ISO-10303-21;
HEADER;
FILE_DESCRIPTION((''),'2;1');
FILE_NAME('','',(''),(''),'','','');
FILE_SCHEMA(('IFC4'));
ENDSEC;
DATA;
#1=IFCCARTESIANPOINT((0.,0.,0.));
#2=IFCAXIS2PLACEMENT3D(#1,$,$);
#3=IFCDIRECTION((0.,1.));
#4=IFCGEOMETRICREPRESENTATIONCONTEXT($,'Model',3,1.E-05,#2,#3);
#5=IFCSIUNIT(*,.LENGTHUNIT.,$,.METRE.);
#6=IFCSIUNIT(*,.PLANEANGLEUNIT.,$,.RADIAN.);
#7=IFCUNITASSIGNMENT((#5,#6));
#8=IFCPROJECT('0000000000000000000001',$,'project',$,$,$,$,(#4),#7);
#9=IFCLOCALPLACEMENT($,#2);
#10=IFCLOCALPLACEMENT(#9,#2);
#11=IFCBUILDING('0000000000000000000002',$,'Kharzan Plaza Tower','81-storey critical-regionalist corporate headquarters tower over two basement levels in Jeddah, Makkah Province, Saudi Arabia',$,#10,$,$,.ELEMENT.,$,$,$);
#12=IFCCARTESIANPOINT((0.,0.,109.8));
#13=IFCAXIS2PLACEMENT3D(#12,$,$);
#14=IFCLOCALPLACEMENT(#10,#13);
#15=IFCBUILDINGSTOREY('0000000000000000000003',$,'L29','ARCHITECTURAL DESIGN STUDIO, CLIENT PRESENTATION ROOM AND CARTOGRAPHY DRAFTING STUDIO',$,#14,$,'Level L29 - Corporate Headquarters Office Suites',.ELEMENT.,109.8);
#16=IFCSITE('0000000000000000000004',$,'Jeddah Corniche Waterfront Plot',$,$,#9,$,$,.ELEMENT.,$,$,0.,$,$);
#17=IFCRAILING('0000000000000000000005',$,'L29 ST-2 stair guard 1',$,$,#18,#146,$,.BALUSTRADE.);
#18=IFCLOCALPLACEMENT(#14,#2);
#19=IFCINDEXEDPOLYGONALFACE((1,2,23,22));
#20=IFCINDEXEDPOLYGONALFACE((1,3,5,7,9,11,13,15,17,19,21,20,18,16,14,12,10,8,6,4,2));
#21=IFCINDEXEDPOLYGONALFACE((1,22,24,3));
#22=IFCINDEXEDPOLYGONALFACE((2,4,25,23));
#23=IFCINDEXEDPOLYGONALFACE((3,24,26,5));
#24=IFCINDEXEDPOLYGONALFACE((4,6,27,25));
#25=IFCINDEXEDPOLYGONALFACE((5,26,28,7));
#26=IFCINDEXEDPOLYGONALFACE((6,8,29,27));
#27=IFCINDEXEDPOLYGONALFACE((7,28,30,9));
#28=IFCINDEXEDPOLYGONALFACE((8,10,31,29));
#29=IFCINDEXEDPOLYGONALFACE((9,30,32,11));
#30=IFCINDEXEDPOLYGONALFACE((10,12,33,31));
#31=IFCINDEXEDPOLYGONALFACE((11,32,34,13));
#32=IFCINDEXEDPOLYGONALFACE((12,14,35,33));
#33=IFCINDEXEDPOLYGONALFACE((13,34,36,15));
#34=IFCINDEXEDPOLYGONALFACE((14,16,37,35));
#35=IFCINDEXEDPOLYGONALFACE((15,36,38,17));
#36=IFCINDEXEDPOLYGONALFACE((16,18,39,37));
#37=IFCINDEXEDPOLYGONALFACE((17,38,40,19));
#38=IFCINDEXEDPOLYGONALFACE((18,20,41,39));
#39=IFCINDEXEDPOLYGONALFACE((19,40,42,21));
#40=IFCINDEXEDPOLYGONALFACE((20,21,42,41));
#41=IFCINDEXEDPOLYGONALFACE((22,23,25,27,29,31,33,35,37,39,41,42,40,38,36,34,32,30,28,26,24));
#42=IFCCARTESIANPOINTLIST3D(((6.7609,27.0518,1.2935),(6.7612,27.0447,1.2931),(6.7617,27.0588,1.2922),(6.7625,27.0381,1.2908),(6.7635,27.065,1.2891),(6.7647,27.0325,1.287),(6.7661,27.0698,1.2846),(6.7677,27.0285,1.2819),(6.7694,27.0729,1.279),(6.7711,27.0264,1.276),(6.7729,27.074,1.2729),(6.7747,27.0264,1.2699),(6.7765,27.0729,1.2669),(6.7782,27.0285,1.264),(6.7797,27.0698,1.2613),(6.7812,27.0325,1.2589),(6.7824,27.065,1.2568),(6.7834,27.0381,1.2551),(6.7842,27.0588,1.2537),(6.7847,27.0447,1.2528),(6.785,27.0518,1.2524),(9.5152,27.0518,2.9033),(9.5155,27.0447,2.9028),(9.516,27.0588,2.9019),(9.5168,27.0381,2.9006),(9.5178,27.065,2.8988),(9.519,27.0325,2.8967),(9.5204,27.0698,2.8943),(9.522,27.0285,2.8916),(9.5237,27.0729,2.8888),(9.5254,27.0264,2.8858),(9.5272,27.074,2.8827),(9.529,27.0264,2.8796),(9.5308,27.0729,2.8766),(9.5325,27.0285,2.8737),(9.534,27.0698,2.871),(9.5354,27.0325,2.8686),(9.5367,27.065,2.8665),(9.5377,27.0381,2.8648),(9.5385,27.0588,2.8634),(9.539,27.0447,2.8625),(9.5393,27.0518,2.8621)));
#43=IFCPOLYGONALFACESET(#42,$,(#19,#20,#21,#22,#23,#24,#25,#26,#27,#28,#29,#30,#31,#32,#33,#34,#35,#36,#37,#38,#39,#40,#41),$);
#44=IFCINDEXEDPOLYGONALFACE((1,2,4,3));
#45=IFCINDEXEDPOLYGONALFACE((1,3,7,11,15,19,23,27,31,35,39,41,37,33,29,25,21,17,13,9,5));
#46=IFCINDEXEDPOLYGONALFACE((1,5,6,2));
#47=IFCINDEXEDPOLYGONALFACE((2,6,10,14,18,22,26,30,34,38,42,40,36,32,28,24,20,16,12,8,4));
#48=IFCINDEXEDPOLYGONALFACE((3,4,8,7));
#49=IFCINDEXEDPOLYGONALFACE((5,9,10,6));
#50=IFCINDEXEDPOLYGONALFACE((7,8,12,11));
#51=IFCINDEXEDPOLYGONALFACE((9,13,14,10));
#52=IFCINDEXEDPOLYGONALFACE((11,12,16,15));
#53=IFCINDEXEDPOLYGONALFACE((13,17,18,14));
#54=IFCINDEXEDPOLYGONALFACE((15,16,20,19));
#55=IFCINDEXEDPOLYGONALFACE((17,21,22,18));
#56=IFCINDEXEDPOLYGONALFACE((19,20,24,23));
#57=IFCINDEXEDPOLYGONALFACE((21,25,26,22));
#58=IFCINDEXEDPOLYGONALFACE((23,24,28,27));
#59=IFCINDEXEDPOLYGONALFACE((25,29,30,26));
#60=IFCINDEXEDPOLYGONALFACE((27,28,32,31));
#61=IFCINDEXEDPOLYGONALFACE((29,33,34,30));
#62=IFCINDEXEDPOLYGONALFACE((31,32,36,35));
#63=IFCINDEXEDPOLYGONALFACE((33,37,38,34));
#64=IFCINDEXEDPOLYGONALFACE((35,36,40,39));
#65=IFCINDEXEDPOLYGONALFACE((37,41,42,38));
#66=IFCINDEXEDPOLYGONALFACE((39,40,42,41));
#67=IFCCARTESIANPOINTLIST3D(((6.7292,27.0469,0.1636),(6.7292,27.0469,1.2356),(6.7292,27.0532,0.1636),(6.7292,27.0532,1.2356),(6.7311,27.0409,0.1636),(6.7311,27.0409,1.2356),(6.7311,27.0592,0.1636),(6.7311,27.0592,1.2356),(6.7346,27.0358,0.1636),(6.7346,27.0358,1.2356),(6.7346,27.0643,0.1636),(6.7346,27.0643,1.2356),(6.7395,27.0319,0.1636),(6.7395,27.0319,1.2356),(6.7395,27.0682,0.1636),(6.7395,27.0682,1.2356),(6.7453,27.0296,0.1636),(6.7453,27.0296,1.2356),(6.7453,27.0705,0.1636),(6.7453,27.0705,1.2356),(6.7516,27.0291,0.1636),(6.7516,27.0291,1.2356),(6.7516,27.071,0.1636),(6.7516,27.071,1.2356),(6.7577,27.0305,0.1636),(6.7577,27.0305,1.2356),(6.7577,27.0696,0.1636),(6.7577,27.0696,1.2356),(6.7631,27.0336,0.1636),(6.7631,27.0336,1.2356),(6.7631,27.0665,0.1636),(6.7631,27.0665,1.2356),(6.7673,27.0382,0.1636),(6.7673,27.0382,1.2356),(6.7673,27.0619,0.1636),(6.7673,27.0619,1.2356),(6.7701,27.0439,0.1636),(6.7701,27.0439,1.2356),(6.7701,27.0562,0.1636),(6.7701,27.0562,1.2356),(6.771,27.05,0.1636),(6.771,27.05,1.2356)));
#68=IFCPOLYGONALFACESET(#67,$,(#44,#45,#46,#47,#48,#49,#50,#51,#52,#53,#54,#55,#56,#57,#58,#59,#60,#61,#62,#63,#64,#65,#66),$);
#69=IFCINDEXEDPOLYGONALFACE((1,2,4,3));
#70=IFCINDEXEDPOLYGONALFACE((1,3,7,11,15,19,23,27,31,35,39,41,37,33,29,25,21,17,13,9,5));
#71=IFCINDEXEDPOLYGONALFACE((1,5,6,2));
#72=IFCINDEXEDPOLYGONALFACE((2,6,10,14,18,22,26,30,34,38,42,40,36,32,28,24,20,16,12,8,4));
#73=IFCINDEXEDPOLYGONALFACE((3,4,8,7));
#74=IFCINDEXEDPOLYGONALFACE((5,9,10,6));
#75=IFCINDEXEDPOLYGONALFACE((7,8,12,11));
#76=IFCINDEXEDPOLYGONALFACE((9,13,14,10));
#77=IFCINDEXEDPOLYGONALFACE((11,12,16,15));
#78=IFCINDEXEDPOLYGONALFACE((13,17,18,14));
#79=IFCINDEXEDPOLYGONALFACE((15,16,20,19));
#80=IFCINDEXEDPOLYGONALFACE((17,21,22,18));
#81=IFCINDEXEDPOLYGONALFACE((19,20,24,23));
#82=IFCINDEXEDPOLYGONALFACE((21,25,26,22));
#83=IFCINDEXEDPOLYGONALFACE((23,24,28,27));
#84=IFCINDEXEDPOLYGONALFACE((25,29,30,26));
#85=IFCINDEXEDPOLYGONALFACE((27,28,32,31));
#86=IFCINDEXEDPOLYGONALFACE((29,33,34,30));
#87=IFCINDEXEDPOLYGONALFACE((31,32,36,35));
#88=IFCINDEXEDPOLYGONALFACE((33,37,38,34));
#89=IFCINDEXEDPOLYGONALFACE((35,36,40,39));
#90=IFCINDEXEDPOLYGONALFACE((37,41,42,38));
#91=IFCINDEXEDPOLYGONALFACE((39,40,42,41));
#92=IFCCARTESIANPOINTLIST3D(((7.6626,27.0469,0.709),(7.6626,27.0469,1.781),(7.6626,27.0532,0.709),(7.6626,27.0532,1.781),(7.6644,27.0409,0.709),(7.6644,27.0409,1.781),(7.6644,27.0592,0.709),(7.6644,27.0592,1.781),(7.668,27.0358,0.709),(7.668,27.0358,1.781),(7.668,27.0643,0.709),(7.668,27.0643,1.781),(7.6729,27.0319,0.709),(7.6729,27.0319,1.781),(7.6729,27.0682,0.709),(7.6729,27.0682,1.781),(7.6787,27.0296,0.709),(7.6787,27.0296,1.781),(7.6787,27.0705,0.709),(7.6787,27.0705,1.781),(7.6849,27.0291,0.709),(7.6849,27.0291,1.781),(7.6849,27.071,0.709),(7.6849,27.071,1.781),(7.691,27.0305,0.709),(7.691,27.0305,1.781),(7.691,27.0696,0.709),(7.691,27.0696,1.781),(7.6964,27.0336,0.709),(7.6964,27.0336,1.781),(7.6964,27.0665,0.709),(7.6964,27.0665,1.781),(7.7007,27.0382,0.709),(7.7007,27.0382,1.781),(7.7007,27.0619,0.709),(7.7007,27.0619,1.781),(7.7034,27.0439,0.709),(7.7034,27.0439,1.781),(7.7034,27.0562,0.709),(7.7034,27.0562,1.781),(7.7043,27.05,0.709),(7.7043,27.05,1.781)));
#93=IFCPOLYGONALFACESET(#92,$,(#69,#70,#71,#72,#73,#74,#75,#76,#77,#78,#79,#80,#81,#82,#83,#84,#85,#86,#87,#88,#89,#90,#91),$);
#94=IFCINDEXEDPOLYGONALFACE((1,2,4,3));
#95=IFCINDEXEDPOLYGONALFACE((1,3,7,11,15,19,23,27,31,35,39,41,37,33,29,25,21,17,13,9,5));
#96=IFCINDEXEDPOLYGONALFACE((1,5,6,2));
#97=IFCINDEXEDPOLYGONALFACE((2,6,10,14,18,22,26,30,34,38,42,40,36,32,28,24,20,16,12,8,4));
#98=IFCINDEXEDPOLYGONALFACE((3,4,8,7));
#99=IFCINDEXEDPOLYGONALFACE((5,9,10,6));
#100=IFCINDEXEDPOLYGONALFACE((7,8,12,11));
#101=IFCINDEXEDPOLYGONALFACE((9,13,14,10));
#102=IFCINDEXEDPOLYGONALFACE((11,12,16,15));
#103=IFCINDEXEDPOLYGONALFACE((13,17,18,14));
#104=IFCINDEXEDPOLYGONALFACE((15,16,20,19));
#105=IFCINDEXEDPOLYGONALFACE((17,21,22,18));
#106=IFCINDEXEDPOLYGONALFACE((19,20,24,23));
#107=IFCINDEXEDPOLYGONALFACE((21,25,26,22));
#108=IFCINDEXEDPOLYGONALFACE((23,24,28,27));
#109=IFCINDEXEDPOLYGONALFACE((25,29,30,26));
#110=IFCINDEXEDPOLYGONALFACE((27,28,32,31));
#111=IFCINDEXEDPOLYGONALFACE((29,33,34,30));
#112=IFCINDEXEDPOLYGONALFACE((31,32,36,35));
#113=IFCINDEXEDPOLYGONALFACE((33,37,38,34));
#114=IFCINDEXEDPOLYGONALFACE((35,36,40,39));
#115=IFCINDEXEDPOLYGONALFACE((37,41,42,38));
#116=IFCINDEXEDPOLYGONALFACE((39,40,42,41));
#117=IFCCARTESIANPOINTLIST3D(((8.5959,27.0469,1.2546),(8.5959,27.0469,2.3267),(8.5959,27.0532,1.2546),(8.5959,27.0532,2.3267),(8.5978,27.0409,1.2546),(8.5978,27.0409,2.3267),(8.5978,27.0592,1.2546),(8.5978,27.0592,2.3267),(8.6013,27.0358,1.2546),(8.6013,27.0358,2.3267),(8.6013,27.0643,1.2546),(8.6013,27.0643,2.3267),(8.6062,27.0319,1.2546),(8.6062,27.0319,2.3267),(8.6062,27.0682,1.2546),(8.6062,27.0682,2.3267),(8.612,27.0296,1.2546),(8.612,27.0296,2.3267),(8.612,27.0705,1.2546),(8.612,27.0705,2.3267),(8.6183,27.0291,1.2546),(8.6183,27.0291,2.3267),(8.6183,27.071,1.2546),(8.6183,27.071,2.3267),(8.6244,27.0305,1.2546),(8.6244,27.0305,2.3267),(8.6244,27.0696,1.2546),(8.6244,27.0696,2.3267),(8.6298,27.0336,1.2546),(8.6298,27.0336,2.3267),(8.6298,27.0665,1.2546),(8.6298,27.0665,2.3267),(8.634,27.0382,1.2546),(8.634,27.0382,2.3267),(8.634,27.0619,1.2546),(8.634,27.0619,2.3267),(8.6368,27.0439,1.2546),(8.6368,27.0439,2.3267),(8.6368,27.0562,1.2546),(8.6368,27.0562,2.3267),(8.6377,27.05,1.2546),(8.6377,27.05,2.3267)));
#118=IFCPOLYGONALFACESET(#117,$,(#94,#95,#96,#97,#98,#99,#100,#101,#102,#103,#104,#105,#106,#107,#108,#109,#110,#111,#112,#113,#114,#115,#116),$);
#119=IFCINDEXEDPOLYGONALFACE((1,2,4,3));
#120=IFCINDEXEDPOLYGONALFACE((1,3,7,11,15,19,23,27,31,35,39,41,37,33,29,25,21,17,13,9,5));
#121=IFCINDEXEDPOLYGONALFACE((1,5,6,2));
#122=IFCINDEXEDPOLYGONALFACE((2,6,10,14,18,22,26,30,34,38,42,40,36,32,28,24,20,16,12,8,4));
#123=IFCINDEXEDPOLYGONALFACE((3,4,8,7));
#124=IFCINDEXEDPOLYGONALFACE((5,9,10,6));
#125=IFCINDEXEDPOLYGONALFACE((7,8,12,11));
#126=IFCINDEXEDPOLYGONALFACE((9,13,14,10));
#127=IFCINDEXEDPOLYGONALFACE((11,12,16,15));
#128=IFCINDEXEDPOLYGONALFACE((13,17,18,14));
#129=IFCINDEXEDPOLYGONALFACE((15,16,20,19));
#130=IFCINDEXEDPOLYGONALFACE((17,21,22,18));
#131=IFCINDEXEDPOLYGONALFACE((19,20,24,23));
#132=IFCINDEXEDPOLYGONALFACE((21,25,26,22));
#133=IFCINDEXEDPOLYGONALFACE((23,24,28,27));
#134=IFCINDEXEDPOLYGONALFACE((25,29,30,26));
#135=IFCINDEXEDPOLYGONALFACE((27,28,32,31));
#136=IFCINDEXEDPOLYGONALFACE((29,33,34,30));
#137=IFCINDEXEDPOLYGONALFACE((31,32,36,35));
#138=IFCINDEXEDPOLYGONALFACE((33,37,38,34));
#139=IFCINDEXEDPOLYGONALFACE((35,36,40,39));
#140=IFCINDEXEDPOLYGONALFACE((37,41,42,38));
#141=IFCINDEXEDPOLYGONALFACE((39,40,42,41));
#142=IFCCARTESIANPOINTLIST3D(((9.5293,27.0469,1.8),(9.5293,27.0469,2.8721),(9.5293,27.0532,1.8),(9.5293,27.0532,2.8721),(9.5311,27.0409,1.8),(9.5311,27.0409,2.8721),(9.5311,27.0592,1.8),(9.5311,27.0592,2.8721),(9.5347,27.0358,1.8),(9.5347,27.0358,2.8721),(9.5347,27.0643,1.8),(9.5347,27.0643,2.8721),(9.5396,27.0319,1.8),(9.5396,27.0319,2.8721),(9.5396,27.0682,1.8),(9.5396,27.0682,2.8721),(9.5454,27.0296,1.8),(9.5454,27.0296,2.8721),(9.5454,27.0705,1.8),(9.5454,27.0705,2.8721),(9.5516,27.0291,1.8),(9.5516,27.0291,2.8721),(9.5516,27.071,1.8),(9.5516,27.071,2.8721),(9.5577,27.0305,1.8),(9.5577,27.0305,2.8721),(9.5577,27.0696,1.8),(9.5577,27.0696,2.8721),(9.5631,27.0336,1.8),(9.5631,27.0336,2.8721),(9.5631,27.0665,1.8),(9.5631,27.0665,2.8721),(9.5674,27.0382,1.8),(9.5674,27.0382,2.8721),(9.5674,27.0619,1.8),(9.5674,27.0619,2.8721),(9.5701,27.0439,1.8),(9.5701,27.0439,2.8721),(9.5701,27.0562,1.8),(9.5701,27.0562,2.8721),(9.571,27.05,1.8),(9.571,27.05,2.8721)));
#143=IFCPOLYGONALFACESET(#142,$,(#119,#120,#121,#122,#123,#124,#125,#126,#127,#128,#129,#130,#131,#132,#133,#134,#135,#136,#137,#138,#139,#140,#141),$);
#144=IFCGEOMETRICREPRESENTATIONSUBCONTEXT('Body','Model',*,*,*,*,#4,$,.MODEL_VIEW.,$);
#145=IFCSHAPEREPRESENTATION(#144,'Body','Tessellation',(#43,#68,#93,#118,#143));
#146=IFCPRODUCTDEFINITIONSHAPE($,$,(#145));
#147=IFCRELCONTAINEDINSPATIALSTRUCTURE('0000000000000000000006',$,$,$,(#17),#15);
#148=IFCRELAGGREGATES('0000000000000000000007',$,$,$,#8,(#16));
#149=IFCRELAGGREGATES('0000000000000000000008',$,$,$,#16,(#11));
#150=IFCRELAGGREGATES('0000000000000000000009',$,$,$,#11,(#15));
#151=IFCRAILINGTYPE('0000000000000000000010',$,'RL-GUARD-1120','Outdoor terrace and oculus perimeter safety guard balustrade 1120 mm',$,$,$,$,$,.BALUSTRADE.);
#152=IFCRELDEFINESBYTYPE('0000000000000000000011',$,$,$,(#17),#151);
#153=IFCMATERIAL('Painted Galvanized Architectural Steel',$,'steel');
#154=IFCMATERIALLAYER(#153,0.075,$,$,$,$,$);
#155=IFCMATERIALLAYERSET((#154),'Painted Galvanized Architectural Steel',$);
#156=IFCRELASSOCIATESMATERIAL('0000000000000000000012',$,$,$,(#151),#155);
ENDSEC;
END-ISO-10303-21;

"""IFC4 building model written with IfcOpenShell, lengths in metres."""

from ifc_helpers import new_model, si_unit, direction, frame, origin, origin_2d, place, context, subcontext, project, spatial, circle, extrude, source, transform, mapped, material, layer, layer_set, type_object, element, save


model = new_model("IFC4")

# Units and contexts
model_context = context("Model", 3, precision=1e-05, world=origin(), true_north=direction((0.0, 1.0)))
body_context = subcontext(model_context, "Body", "Model", "MODEL_VIEW")
ifc_project = project(units=[si_unit("LENGTHUNIT", "METRE"), si_unit("PLANEANGLEUNIT", "RADIAN")], contexts=[model_context])

# Site, building, storey
site_placement = place(None, origin())
site = spatial("IfcSite", under=ifc_project, at=site_placement, Name="Jeddah Corniche Waterfront Plot", CompositionType="ELEMENT", RefElevation=0.0)
building_placement = place(site_placement, origin())
building = spatial("IfcBuilding", under=site, at=building_placement, Name="Kharzan Plaza Tower", Description="81-storey critical-regionalist corporate headquarters tower over two basement levels in Jeddah, Makkah Province, Saudi Arabia", CompositionType="ELEMENT")
storey_placement = place(building_placement, frame((0.0, 0.0, 109.8)))
storey = spatial("IfcBuildingStorey", under=building, at=storey_placement, Name="L29", Description="ARCHITECTURAL DESIGN STUDIO, CLIENT PRESENTATION ROOM AND CARTOGRAPHY DRAFTING STUDIO", LongName="Level L29 - Corporate Headquarters Office Suites", CompositionType="ELEMENT", Elevation=109.8)

# Railing
ifc_material_1 = material(Name="Painted Galvanized Architectural Steel", Category="steel")
ifc_layer_1 = layer(ifc_material_1, 0.075)
ifc_layer_set_1 = layer_set([ifc_layer_1], Name="Painted Galvanized Architectural Steel")
railing_type_1 = type_object("IfcRailingType", Name="RL-GUARD-1120", Description="Outdoor terrace and oculus perimeter safety guard balustrade 1120 mm", PredefinedType="BALUSTRADE", material=ifc_layer_set_1)
shared_shape_1 = source(origin(), body_context, "Body", "SweptSolid", [
    extrude(circle(Radius=0.0239, at=origin_2d()), frame((0.0229, 0.0, 1.1094), z_axis=(0.863361, 0.0, 0.504587), x_axis=(0.0, 1.0, 0.0)), (0.0, 0.0, 1.0), 3.1902),
    extrude(circle(Radius=0.021, at=origin_2d()), origin(), (0.0, 0.0, 1.0), 1.072),
    extrude(circle(Radius=0.021, at=origin_2d()), frame((0.9333, 0.0, 0.5454)), (0.0, 0.0, 1.0), 1.072),
    extrude(circle(Radius=0.021, at=origin_2d()), frame((1.8667, 0.0, 1.0911)), (0.0, 0.0, 1.0), 1.072),
    extrude(circle(Radius=0.021, at=origin_2d()), frame((2.8, 0.0, 1.6365)), (0.0, 0.0, 1.0), 1.072),
])
railing_1_placement = place(storey_placement, frame((6.75, 27.05, 0.1636)))
element("IfcRailing", 1, at=railing_1_placement, inside=storey, type_object=railing_type_1, Name="L29 ST-2 stair guard 1", PredefinedType="BALUSTRADE", context=body_context, shape_type="MappedRepresentation", body=[
    mapped(shared_shape_1, transform((0.0, 0.0, 0.0), x_axis=(1.0, 0.0, 0.0), y_axis=(0.0, 1.0, 0.0), z_axis=(0.0, 0.0, 1.0))),
])

save(model, "model.ifc")
